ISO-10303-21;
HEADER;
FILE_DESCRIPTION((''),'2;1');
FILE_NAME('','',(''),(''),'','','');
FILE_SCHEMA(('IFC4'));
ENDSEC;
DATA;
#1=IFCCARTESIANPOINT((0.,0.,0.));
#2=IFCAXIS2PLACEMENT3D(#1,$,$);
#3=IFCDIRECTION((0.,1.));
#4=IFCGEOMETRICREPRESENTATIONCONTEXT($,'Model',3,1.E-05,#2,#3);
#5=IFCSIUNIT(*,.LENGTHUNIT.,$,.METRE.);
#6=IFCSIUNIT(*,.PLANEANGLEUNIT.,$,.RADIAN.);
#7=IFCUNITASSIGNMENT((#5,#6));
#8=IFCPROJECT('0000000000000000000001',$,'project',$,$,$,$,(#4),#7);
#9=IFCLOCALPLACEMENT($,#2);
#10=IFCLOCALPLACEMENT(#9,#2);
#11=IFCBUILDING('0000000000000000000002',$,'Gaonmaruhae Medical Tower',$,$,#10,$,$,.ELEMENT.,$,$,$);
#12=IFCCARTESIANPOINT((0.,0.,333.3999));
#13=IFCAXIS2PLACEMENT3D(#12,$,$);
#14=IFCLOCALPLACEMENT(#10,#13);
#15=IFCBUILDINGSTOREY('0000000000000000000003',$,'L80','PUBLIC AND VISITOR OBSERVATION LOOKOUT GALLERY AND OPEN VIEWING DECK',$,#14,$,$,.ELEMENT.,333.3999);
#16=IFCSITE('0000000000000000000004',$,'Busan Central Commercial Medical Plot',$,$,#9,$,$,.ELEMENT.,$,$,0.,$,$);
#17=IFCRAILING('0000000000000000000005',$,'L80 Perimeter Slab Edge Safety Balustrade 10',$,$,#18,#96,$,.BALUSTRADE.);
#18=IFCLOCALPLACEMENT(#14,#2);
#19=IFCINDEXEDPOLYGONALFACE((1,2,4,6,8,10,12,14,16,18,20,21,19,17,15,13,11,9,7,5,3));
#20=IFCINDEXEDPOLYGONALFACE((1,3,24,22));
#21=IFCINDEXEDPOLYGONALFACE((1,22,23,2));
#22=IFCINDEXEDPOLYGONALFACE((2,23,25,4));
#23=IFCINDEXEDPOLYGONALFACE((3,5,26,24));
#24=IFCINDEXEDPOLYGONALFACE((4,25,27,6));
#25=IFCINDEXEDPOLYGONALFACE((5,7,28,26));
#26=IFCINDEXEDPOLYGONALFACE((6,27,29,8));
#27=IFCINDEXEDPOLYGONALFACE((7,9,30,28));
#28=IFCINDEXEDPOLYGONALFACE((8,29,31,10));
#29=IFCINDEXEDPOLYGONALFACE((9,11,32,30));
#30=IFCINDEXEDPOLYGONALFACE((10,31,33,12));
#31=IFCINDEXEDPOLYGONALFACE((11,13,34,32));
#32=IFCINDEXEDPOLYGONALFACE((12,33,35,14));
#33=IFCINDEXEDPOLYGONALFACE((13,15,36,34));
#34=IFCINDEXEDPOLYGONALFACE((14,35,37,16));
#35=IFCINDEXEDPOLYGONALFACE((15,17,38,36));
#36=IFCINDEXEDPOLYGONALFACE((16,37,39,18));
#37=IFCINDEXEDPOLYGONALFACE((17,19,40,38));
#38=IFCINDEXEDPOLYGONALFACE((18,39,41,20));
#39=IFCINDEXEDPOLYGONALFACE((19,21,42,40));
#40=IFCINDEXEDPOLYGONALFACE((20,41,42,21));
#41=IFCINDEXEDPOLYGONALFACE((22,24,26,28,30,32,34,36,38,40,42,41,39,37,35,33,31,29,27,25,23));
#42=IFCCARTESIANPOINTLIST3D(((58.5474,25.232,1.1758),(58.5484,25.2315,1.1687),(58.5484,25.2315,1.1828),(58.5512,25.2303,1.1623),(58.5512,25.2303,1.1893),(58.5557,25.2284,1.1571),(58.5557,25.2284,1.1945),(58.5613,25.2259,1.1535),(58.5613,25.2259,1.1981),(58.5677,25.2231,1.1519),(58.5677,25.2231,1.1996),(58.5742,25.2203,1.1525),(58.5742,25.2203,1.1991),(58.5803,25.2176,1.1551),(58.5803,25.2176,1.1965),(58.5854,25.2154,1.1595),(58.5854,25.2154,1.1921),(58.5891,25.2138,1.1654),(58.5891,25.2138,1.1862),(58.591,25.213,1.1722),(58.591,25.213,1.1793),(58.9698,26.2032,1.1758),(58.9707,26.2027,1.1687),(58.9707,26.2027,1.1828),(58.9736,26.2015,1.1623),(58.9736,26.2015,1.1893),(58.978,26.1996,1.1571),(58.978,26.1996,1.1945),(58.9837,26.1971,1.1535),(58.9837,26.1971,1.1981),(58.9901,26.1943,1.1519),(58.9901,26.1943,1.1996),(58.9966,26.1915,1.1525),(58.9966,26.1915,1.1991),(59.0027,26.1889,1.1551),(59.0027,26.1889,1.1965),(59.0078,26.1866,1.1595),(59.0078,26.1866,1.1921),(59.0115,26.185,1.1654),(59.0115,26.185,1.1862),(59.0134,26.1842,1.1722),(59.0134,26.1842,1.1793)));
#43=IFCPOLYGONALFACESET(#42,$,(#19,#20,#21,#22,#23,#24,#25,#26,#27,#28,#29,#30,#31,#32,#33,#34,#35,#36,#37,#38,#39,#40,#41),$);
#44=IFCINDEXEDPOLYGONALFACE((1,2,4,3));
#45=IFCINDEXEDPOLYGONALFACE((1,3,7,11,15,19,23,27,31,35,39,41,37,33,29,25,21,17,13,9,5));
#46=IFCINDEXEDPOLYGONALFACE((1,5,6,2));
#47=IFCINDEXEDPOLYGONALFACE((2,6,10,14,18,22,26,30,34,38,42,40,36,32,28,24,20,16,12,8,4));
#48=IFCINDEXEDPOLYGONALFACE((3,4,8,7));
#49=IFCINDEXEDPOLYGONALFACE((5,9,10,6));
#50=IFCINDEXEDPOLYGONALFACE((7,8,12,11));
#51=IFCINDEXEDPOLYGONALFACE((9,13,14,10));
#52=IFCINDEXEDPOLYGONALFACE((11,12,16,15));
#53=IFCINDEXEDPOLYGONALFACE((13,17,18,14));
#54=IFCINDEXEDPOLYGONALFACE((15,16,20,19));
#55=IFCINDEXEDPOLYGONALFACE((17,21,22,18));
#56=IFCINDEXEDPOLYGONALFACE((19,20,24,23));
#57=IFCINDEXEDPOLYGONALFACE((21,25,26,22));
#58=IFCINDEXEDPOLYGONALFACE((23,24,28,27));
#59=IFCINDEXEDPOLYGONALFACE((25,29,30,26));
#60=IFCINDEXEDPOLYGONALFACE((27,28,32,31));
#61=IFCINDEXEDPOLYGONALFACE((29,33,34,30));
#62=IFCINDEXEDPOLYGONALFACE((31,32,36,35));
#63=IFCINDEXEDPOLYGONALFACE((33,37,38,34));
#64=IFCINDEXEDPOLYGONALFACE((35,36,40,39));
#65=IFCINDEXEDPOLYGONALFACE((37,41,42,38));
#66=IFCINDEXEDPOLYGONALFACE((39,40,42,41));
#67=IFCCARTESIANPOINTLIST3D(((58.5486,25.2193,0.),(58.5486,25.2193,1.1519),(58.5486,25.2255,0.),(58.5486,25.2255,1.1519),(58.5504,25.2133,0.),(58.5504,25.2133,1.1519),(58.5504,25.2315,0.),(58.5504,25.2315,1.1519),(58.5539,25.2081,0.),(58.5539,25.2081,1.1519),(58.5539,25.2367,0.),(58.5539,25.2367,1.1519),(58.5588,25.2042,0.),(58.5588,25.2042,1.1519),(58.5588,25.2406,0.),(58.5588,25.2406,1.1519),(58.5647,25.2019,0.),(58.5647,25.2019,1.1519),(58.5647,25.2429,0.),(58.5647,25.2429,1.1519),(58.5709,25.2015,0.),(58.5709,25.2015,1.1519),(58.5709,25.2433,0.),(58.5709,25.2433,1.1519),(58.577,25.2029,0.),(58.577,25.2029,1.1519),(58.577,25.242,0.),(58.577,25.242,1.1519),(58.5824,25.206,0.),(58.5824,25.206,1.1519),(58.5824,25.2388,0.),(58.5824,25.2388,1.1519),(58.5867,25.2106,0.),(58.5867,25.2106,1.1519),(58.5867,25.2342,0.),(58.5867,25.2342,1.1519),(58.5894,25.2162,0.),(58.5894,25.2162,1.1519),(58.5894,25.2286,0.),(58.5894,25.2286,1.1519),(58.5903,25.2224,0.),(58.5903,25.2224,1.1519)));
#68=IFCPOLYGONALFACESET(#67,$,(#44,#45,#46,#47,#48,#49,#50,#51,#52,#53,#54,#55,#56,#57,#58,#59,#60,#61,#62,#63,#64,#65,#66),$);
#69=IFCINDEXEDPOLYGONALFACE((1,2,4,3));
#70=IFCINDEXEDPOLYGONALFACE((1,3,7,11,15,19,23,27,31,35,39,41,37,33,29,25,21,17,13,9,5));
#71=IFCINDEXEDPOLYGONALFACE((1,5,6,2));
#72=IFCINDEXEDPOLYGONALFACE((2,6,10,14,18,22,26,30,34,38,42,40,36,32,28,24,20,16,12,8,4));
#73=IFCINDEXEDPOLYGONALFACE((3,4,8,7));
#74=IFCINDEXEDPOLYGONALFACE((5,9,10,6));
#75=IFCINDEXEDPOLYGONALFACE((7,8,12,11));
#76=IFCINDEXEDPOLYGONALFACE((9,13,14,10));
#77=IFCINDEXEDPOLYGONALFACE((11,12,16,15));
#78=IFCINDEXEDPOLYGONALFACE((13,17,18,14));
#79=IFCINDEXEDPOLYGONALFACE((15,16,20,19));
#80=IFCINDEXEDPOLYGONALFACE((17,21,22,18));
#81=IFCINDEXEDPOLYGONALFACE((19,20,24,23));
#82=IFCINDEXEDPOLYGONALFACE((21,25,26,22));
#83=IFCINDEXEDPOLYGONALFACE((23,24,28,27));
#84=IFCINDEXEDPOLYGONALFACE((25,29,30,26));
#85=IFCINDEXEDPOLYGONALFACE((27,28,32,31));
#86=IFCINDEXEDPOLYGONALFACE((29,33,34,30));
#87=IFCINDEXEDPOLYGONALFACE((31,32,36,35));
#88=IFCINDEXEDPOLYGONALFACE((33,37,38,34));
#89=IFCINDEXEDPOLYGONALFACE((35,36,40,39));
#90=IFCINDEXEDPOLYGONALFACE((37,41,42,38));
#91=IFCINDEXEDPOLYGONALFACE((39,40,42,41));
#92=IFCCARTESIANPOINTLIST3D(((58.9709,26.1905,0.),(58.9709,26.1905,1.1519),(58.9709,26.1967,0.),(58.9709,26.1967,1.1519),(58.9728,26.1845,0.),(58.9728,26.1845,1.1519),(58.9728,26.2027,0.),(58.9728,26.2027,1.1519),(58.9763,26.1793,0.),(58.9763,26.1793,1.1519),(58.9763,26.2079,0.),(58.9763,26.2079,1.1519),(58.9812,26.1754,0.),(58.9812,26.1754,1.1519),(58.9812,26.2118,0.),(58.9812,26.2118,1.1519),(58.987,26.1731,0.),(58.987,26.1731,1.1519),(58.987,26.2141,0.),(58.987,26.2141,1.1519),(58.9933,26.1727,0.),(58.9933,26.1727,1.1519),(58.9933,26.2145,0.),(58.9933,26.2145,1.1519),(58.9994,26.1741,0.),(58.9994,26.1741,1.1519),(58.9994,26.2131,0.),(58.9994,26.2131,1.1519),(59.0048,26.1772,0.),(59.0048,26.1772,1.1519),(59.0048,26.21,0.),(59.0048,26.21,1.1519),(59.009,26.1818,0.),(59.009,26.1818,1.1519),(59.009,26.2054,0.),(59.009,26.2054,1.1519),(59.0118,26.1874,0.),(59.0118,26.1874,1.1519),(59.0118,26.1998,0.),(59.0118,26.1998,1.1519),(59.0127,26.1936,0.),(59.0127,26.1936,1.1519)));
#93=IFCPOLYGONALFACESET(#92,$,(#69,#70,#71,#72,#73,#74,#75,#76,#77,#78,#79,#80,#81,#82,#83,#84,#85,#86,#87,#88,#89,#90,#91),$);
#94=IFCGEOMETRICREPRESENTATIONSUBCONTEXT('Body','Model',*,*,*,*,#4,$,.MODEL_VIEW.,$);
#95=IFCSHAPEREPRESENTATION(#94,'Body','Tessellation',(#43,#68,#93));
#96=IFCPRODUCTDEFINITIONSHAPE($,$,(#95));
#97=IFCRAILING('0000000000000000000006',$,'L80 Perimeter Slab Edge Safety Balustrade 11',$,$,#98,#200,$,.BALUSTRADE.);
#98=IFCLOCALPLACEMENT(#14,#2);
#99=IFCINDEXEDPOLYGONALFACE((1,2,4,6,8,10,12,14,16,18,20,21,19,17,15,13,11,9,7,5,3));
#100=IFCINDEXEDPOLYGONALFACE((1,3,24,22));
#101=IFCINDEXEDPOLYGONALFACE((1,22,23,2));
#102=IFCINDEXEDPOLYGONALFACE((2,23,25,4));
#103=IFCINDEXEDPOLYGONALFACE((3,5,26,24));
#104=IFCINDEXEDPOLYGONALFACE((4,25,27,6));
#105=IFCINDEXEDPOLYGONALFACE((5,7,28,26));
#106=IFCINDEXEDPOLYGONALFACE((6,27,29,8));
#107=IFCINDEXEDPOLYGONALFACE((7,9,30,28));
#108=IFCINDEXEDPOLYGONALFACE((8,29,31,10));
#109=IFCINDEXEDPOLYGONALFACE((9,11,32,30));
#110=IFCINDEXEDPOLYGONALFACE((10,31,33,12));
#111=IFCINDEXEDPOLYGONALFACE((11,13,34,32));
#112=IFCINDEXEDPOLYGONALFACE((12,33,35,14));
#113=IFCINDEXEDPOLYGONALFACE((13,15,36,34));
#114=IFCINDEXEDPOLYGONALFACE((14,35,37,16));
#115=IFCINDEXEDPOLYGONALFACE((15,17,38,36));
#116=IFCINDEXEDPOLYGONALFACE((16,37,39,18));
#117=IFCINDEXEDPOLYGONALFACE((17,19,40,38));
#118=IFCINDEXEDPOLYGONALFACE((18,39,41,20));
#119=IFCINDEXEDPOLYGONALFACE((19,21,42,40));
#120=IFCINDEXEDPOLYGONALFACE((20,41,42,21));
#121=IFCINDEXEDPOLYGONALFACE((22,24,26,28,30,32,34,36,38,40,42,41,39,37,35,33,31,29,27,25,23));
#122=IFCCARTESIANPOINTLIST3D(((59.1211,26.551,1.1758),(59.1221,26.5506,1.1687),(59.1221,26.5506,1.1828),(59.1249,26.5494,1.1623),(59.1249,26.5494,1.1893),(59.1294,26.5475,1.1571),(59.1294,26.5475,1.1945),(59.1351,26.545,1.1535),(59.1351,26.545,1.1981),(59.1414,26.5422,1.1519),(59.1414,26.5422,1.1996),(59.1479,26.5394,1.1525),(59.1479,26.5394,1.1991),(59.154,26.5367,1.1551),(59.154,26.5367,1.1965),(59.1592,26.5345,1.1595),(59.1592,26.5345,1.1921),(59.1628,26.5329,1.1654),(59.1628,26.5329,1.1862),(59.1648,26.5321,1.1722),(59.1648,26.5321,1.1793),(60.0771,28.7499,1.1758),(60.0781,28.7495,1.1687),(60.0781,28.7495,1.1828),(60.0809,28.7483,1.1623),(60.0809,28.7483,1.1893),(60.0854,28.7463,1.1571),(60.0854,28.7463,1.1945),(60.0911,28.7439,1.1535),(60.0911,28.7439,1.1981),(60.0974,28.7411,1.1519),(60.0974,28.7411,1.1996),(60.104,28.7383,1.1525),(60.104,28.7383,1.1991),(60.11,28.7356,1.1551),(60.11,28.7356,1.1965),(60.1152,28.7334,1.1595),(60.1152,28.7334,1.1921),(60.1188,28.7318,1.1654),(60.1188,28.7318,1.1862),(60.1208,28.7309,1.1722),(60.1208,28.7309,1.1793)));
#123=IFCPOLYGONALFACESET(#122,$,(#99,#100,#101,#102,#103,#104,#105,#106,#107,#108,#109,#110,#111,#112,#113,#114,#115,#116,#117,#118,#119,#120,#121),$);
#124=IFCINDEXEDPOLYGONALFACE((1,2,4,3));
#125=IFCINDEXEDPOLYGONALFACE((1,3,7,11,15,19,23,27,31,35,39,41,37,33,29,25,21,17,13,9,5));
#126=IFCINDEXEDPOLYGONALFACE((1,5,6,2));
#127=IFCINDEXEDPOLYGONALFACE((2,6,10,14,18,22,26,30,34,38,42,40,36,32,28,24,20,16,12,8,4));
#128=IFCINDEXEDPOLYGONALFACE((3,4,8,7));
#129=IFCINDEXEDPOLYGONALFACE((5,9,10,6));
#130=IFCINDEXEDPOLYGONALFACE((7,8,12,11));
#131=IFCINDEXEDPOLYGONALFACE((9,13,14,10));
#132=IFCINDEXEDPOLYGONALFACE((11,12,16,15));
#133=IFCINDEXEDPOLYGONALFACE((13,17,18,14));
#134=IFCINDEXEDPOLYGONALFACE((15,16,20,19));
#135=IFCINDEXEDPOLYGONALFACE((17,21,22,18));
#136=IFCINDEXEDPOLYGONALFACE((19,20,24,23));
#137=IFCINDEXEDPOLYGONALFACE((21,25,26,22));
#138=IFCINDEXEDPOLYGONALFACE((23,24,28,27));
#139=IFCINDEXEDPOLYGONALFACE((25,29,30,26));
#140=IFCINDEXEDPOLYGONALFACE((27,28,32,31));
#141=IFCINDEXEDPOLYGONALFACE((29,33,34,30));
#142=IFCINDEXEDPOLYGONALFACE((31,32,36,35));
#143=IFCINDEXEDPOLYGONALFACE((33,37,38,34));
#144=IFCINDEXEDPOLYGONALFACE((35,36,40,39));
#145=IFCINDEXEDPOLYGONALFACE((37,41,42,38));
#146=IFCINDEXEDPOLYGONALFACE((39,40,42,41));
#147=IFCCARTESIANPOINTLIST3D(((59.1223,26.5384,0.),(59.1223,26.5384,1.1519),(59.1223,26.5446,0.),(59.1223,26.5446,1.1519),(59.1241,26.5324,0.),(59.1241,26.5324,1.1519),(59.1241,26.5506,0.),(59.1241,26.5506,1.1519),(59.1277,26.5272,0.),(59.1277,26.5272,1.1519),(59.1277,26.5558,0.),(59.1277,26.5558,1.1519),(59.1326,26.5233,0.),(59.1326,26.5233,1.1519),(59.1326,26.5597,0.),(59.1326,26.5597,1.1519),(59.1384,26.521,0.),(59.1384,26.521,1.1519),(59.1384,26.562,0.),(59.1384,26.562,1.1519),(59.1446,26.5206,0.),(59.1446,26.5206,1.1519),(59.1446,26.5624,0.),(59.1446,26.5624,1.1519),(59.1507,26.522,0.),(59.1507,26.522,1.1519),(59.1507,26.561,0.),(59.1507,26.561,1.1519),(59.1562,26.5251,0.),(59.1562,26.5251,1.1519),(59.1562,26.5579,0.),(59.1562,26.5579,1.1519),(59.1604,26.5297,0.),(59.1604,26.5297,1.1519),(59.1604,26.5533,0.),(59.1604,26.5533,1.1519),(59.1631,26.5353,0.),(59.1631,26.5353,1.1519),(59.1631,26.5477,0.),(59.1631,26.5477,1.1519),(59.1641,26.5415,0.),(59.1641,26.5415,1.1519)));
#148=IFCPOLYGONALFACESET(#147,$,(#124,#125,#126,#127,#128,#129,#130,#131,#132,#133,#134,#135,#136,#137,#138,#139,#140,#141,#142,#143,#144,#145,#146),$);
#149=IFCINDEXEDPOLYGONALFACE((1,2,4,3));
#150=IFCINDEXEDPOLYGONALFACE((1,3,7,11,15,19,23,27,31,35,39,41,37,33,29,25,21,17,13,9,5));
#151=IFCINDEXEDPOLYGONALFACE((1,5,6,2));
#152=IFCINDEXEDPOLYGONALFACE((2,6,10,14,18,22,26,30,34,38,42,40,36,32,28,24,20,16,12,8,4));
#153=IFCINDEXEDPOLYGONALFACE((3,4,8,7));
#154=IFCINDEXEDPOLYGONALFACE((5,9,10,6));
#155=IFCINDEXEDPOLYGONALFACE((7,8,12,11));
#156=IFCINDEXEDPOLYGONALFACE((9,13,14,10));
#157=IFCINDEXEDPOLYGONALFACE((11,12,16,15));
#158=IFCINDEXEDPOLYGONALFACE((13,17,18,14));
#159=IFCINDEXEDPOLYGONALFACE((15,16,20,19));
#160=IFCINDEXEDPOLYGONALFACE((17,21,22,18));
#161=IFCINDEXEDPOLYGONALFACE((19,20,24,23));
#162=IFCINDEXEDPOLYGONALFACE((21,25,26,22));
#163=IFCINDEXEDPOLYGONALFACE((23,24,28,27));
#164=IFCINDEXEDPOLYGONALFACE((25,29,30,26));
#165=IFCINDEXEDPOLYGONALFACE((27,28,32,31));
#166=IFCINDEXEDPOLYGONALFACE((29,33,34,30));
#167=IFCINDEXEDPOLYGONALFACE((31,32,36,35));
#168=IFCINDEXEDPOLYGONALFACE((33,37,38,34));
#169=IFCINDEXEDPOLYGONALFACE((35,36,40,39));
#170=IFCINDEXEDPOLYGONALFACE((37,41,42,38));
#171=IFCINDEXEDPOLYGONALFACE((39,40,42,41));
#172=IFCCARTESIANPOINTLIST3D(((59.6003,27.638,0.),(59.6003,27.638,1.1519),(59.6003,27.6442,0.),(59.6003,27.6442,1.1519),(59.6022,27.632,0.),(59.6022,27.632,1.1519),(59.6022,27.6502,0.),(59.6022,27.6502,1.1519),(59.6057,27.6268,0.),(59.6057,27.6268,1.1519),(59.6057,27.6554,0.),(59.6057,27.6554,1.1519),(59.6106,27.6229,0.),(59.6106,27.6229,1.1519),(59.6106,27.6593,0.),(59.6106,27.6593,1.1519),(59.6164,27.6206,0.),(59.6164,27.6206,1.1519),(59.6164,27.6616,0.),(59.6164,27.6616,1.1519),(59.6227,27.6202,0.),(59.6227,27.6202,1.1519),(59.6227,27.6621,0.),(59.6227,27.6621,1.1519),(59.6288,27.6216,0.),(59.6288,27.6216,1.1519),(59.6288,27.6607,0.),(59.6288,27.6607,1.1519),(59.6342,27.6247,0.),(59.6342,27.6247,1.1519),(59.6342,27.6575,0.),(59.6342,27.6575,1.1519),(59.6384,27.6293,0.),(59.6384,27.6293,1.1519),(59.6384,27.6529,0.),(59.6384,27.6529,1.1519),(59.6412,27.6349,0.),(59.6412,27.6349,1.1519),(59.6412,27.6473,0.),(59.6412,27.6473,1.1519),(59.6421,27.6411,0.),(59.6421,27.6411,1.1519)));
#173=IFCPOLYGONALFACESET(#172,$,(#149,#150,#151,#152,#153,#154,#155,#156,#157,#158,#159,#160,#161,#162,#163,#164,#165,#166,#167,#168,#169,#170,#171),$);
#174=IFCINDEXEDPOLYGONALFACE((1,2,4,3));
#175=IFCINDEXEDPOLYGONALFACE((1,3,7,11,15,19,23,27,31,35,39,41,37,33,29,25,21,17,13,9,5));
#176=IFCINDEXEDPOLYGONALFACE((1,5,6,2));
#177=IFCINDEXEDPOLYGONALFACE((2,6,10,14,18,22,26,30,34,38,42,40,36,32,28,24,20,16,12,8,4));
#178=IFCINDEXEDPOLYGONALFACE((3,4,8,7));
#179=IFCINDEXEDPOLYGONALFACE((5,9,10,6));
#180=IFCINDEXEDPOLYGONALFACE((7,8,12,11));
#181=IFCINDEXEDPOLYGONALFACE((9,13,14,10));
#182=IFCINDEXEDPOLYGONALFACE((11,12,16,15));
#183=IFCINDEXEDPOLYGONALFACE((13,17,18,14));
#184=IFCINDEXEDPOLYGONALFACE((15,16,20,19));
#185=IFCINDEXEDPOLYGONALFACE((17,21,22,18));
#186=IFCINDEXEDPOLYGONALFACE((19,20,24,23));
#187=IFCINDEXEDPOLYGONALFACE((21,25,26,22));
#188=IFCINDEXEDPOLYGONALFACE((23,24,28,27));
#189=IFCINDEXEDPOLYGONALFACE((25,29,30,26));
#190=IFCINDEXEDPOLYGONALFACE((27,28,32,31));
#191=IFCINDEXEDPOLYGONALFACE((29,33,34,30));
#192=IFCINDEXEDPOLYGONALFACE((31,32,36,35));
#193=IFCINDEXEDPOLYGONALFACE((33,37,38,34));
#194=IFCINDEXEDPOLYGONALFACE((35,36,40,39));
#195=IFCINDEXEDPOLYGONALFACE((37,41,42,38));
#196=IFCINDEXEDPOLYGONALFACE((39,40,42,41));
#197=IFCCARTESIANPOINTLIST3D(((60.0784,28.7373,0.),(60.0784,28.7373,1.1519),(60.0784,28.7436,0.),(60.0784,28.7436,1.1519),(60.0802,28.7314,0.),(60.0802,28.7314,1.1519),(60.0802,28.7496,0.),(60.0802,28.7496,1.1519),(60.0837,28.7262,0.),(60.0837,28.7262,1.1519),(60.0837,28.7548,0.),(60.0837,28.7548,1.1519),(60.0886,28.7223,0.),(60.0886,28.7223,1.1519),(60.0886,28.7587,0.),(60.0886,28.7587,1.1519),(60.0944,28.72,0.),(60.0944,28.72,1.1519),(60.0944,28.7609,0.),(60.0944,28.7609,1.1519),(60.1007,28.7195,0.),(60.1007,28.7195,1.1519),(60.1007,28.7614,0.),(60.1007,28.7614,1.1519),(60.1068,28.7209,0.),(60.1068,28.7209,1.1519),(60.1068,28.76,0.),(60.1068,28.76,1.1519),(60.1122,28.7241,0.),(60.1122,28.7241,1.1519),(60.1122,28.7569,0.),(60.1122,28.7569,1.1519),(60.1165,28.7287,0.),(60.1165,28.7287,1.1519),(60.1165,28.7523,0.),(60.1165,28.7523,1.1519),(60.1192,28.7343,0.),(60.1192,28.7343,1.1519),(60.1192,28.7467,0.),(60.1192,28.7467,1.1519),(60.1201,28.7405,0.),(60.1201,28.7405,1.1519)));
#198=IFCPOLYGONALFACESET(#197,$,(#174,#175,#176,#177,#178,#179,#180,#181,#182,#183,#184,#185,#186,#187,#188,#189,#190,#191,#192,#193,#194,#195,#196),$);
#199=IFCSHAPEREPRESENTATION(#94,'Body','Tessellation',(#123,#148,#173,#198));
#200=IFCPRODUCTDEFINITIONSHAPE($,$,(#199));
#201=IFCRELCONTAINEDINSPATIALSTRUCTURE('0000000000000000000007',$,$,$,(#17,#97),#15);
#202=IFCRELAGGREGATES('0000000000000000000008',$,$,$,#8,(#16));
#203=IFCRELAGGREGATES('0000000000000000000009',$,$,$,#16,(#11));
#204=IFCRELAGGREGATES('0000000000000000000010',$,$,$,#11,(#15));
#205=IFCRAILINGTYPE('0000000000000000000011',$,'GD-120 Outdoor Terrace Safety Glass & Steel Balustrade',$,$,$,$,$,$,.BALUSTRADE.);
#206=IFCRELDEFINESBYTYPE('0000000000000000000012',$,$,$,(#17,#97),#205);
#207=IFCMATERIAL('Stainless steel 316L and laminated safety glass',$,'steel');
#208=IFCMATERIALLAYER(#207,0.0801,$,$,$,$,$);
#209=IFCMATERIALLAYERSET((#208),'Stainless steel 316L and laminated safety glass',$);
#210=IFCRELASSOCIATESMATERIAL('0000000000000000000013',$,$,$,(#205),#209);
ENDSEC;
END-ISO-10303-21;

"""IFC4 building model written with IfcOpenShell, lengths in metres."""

from ifc_helpers import new_model, si_unit, direction, frame, origin, origin_2d, place, context, subcontext, project, spatial, circle, extrude, material, layer, layer_set, type_object, element, save


model = new_model("IFC4")

# Units and contexts
model_context = context("Model", 3, precision=1e-05, world=origin(), true_north=direction((0.0, 1.0)))
body_context = subcontext(model_context, "Body", "Model", "MODEL_VIEW")
ifc_project = project(units=[si_unit("LENGTHUNIT", "METRE"), si_unit("PLANEANGLEUNIT", "RADIAN")], contexts=[model_context])

# Site, building, storey
site_placement = place(None, origin())
site = spatial("IfcSite", under=ifc_project, at=site_placement, Name="Busan Central Commercial Medical Plot", CompositionType="ELEMENT", RefElevation=0.0)
building_placement = place(site_placement, origin())
building = spatial("IfcBuilding", under=site, at=building_placement, Name="Gaonmaruhae Medical Tower", CompositionType="ELEMENT")
storey_placement = place(building_placement, frame((0.0, 0.0, 333.3999)))
storey = spatial("IfcBuildingStorey", under=building, at=storey_placement, Name="L80", Description="PUBLIC AND VISITOR OBSERVATION LOOKOUT GALLERY AND OPEN VIEWING DECK", CompositionType="ELEMENT", Elevation=333.3999)

# Railings
ifc_material_1 = material(Name="Stainless steel 316L and laminated safety glass", Category="steel")
ifc_layer_1 = layer(ifc_material_1, 0.0801)
ifc_layer_set_1 = layer_set([ifc_layer_1], Name="Stainless steel 316L and laminated safety glass")
railing_type = type_object("IfcRailingType", Name="GD-120 Outdoor Terrace Safety Glass & Steel Balustrade", PredefinedType="BALUSTRADE", material=ifc_layer_set_1)
railing_1_placement = place(storey_placement, frame((58.5693, 25.2224, 0.0)))
element("IfcRailing", 1, at=railing_1_placement, inside=storey, type_object=railing_type, Name="L80 Perimeter Slab Edge Safety Balustrade 10", PredefinedType="BALUSTRADE", context=body_context, shape_type="SweptSolid", body=[
    extrude(circle(Radius=0.0239, at=origin_2d()), frame((0.0, 0.0, 1.1758), z_axis=(0.39881, 0.917033, 0.0), x_axis=(-0.917033, 0.39881, 0.0)), (0.0, 0.0, 1.0), 1.0591),
    extrude(circle(Radius=0.021, at=origin_2d()), origin(), (0.0, 0.0, 1.0), 1.1519),
    extrude(circle(Radius=0.021, at=origin_2d()), frame((0.4224, 0.9712, 0.0)), (0.0, 0.0, 1.0), 1.1519),
])
railing_2_placement = place(storey_placement, frame((59.1431, 26.5415, 0.0)))
element("IfcRailing", 2, at=railing_2_placement, inside=storey, type_object=railing_type, Name="L80 Perimeter Slab Edge Safety Balustrade 11", PredefinedType="BALUSTRADE", context=body_context, shape_type="SweptSolid", body=[
    extrude(circle(Radius=0.0239, at=origin_2d()), frame((0.0, 0.0, 1.1758), z_axis=(0.398719, 0.917073, 0.0), x_axis=(-0.917073, 0.398719, 0.0)), (0.0, 0.0, 1.0), 2.3977),
    extrude(circle(Radius=0.021, at=origin_2d()), origin(), (0.0, 0.0, 1.0), 1.1519),
    extrude(circle(Radius=0.021, at=origin_2d()), frame((0.478, 1.0996, 0.0)), (0.0, 0.0, 1.0), 1.1519),
    extrude(circle(Radius=0.021, at=origin_2d()), frame((0.9561, 2.199, 0.0)), (0.0, 0.0, 1.0), 1.1519),
])

save(model, "model.ifc")
